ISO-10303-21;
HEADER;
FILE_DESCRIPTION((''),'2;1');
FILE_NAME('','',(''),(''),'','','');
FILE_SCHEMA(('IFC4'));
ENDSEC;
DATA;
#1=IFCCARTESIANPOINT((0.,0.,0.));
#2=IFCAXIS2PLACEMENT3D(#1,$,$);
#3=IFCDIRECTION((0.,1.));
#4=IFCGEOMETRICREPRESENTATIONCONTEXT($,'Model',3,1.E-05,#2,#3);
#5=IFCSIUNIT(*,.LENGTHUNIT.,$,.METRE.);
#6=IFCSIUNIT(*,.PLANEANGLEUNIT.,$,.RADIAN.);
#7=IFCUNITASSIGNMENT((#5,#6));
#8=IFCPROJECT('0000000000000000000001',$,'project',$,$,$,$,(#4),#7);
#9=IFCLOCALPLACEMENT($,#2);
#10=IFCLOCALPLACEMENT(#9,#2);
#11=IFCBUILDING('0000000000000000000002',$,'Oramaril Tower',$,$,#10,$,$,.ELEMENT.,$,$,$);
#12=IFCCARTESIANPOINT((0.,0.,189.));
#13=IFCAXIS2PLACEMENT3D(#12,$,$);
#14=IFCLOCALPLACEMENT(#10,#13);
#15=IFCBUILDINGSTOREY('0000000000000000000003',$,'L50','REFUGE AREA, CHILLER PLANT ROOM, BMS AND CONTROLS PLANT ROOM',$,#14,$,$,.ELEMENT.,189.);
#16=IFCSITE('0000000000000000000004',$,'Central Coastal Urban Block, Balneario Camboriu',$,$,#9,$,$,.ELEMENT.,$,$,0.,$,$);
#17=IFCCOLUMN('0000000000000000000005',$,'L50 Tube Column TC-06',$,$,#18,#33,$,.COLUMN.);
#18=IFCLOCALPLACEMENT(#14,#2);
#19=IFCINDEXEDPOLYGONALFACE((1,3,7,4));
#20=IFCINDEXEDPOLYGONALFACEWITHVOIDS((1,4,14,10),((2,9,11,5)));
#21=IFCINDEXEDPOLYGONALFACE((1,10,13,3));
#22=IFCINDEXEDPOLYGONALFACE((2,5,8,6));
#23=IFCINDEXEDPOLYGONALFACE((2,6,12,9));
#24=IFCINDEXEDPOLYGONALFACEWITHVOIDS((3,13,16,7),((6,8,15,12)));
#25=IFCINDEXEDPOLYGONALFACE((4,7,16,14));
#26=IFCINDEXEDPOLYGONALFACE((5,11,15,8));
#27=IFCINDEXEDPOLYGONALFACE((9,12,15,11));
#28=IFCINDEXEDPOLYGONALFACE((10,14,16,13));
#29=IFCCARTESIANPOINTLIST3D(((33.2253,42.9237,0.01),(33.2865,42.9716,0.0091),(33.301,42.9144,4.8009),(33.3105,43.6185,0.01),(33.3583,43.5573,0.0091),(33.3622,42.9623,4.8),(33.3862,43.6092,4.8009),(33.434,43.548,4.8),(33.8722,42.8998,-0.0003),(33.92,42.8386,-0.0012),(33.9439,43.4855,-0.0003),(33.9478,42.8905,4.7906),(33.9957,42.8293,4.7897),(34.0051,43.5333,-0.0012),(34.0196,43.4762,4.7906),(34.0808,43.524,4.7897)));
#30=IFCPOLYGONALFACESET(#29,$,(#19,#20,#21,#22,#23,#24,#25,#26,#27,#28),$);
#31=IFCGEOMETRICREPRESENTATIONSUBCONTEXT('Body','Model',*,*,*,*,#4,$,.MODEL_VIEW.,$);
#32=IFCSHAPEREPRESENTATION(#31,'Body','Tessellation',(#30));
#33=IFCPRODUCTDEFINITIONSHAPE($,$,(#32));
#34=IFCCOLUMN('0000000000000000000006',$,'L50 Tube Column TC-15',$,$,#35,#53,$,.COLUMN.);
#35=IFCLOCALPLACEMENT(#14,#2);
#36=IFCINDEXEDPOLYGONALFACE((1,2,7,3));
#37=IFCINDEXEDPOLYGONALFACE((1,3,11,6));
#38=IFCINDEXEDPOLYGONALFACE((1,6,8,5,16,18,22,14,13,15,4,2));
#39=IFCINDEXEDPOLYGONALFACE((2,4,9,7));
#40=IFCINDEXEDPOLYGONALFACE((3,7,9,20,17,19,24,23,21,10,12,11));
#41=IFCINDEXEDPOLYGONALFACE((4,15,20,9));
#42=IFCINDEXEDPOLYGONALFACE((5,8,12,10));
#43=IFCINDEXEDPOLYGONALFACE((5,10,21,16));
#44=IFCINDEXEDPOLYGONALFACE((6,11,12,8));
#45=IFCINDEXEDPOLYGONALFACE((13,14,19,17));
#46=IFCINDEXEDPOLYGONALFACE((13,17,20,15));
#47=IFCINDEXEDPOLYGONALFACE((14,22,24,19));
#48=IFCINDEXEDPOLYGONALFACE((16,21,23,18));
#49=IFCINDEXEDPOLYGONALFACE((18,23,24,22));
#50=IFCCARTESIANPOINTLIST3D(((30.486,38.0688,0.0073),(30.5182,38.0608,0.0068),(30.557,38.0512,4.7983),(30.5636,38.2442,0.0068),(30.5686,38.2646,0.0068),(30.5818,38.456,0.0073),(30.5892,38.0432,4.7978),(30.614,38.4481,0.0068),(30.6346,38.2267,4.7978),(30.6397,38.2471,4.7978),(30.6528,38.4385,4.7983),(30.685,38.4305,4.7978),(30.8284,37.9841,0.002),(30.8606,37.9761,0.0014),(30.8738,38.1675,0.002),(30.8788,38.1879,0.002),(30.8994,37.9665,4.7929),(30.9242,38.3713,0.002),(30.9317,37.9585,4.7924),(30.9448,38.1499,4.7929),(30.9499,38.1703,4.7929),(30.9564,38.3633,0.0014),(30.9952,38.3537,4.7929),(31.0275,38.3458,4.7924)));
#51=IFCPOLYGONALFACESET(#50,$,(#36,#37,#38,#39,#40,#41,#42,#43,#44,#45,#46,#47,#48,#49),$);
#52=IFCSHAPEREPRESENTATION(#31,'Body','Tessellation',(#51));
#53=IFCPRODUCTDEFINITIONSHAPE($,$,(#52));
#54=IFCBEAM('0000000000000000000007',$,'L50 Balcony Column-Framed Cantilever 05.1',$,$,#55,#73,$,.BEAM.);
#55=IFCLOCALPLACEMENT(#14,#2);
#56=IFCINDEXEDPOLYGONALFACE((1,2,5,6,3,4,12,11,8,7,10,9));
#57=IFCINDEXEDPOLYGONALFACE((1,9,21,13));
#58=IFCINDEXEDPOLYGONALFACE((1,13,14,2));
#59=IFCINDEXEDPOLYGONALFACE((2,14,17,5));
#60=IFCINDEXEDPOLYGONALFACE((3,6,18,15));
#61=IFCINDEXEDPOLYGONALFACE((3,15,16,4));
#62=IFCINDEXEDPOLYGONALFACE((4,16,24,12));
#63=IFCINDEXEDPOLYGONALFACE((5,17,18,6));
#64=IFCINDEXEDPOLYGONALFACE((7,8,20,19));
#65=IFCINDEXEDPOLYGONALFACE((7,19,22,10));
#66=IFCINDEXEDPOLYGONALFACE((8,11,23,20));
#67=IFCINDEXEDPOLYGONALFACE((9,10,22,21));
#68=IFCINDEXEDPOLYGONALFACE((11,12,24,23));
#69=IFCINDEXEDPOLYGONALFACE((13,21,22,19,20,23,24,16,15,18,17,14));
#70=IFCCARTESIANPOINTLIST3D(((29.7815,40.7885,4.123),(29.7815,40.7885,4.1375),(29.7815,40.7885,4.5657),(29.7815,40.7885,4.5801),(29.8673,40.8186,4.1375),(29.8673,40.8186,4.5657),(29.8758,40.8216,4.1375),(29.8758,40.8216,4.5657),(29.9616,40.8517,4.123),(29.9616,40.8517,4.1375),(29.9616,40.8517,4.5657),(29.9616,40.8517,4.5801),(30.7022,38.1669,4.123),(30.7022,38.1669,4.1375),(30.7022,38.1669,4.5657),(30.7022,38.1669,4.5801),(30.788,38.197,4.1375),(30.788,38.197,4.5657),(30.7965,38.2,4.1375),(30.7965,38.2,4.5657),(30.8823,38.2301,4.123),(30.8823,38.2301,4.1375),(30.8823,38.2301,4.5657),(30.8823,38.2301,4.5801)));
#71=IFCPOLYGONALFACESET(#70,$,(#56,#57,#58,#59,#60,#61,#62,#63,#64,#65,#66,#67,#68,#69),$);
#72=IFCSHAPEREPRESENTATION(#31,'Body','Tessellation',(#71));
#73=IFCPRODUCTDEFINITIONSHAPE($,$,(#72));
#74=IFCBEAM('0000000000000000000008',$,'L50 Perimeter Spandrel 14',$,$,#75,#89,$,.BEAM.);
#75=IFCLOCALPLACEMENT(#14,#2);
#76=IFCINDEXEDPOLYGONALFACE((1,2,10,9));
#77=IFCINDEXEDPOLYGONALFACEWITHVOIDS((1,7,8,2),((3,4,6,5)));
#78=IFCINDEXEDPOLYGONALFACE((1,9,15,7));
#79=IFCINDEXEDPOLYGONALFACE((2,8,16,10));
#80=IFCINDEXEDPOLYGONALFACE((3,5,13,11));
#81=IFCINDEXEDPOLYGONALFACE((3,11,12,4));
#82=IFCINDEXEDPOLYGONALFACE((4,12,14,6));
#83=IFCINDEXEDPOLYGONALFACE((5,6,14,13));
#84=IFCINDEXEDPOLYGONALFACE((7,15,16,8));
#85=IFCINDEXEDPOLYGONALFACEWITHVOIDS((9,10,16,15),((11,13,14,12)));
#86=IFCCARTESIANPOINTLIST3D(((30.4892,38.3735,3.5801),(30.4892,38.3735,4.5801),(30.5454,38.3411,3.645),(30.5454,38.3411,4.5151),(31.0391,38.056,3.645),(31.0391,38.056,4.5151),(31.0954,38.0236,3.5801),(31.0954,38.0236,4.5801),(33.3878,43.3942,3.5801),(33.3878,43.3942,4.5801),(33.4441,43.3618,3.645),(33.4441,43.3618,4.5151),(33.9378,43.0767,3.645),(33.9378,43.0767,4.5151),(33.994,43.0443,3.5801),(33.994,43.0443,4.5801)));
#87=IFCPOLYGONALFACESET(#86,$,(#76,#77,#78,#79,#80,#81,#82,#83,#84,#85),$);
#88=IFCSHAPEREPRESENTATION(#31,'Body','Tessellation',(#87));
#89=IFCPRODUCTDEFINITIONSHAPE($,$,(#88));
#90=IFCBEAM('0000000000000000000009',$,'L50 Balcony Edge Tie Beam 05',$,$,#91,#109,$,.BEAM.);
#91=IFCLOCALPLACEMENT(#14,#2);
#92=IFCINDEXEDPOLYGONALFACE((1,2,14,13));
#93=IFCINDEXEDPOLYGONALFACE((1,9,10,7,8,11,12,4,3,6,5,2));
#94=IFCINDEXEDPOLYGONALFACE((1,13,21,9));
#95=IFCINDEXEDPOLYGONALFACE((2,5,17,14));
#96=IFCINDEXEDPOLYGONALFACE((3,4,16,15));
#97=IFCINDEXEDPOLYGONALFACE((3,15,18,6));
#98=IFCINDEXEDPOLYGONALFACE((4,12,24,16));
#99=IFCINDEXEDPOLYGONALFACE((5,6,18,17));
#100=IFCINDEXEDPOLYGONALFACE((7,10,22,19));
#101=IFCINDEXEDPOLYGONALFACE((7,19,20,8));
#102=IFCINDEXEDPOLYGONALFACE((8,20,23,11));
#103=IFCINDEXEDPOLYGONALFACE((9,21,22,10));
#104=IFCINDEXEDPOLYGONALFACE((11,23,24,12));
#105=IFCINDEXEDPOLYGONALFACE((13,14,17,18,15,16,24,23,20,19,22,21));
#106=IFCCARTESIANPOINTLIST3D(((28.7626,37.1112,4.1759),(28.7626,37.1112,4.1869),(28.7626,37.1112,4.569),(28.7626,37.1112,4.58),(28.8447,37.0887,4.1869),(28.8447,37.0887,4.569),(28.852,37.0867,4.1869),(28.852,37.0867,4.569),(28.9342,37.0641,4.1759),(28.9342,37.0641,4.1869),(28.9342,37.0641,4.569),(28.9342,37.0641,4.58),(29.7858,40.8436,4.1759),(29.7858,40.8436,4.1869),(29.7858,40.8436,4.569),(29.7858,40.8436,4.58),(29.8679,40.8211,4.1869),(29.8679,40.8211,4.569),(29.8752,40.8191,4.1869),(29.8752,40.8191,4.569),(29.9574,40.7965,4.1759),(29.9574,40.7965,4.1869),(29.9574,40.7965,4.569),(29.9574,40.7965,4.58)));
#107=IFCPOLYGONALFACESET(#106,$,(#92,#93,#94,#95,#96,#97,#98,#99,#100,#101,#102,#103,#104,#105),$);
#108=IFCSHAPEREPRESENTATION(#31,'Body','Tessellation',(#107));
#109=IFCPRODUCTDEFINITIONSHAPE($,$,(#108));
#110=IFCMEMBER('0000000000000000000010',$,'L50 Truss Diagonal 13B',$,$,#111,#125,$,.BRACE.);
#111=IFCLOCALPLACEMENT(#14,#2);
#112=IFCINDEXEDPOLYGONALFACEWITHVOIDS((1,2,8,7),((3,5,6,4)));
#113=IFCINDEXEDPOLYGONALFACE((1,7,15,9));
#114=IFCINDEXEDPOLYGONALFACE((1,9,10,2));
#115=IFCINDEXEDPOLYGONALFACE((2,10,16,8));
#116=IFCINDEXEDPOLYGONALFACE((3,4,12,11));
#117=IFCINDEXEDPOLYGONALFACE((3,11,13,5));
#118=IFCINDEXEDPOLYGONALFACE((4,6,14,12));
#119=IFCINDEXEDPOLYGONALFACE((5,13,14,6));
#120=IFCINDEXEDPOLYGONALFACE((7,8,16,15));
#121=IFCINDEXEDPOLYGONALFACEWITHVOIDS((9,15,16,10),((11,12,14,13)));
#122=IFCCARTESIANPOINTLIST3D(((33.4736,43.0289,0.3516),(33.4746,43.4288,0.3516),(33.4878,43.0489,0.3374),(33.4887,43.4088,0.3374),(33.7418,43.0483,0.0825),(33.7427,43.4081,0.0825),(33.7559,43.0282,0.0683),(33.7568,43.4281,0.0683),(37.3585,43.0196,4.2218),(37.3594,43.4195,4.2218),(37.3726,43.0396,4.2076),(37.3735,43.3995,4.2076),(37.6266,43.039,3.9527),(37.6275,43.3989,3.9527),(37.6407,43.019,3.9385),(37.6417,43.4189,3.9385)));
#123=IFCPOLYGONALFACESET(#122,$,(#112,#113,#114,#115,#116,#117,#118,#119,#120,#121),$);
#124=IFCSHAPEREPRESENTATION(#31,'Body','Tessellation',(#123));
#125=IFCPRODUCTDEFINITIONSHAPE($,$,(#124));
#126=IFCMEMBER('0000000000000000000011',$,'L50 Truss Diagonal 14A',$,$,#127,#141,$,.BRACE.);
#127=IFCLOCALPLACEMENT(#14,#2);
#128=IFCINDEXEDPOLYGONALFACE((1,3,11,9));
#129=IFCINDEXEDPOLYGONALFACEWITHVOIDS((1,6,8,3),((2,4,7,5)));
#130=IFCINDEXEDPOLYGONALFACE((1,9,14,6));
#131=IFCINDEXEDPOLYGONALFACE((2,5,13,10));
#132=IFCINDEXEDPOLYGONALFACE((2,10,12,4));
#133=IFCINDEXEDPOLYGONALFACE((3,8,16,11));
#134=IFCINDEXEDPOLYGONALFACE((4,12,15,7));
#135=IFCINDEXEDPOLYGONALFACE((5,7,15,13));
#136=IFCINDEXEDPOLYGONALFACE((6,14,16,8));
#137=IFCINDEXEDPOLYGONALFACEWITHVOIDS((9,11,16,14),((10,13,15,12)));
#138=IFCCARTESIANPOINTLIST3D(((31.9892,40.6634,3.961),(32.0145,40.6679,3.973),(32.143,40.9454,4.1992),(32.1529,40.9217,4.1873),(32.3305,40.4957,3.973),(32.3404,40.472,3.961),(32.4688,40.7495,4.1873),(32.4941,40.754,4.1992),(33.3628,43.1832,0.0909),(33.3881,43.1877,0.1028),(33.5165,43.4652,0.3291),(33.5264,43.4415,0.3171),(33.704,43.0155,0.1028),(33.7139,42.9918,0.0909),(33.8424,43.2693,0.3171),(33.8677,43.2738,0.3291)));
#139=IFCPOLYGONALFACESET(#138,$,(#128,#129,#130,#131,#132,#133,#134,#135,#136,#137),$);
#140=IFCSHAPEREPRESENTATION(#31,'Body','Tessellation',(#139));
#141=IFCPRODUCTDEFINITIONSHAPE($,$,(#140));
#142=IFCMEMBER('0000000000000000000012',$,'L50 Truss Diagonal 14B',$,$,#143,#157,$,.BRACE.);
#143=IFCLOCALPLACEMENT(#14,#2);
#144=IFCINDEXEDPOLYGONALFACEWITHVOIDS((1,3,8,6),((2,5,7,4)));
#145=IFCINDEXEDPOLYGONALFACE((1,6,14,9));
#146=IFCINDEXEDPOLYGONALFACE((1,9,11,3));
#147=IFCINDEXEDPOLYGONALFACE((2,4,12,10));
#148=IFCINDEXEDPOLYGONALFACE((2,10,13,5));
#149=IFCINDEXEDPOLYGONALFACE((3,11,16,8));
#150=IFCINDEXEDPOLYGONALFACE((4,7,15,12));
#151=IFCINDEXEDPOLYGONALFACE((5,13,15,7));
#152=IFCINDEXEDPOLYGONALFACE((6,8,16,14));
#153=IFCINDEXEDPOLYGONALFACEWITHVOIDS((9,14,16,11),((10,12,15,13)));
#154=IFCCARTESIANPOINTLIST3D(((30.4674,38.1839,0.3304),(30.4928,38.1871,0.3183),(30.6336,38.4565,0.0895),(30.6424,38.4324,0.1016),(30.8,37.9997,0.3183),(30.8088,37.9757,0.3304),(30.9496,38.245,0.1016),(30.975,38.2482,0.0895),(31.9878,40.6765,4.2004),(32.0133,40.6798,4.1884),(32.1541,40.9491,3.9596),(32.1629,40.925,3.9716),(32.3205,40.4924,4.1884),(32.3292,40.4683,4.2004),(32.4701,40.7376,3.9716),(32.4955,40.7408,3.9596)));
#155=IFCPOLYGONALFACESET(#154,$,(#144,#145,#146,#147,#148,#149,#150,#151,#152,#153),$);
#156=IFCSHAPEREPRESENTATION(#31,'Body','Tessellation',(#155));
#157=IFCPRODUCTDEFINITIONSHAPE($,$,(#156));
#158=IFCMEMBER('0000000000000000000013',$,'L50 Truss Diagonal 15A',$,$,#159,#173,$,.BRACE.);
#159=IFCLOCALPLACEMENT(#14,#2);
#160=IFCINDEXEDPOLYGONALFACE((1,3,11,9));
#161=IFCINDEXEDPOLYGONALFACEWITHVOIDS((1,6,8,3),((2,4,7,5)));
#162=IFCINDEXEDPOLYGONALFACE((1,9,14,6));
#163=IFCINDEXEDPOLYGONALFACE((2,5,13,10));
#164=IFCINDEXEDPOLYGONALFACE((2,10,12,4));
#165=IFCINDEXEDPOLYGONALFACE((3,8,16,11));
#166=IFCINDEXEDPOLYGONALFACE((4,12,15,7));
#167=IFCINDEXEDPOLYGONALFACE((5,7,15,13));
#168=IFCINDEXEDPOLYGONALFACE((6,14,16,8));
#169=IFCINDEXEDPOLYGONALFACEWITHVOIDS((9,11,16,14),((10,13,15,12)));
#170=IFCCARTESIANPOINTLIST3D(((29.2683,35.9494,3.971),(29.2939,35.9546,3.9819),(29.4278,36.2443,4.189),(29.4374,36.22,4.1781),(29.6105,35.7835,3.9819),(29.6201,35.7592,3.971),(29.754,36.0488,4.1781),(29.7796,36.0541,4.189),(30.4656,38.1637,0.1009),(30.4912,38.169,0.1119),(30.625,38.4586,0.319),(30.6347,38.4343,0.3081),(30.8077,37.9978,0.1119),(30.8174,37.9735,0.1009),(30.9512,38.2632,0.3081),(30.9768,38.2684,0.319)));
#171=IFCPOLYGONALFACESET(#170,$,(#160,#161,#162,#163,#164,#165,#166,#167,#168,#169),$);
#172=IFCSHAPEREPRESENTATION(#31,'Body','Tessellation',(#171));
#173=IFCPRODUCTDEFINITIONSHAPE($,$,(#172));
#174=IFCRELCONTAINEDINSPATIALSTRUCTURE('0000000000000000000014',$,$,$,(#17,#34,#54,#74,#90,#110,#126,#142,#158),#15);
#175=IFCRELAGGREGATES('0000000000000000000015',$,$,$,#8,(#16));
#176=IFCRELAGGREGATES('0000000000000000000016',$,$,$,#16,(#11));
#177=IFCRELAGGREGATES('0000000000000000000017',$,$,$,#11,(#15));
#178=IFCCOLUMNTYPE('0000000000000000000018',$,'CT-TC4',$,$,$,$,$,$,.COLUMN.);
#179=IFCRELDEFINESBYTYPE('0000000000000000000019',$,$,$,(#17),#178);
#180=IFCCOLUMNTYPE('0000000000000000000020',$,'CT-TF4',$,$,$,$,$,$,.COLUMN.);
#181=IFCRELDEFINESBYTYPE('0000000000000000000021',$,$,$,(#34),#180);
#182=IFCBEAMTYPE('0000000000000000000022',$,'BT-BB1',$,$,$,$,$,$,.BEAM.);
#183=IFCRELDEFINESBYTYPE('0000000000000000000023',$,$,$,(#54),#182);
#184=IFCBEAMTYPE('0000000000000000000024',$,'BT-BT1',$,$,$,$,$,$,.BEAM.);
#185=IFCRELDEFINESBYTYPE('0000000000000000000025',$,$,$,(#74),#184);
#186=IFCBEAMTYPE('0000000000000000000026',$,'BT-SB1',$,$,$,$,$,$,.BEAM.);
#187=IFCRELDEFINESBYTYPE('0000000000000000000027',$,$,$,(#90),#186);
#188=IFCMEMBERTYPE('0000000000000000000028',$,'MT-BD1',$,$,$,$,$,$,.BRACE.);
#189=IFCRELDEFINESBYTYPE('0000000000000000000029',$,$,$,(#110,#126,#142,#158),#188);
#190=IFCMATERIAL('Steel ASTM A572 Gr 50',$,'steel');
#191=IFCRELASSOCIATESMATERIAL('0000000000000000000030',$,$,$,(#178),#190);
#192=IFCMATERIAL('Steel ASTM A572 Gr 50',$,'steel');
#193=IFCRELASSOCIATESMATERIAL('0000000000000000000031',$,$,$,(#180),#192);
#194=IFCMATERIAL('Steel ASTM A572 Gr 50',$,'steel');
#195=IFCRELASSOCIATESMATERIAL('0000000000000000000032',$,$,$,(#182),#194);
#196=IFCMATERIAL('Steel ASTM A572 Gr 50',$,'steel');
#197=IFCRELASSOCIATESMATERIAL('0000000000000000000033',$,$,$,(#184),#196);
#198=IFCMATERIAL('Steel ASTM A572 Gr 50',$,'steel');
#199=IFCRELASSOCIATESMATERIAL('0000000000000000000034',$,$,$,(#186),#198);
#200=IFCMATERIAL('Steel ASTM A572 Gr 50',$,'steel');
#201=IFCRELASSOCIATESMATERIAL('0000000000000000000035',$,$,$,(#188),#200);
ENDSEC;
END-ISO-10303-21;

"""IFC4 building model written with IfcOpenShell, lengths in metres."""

from ifc_helpers import new_model, si_unit, direction, frame, origin, origin_2d, place, context, subcontext, project, spatial, hollow_rectangle, i_section, extrude, material, material_profile, profile_set, type_object, element, save


model = new_model("IFC4")

# Units and contexts
model_context = context("Model", 3, precision=1e-05, world=origin(), true_north=direction((0.0, 1.0)))
body_context = subcontext(model_context, "Body", "Model", "MODEL_VIEW")
ifc_project = project(units=[si_unit("LENGTHUNIT", "METRE"), si_unit("PLANEANGLEUNIT", "RADIAN")], contexts=[model_context])

# Site, building, storey
site_placement = place(None, origin())
site = spatial("IfcSite", under=ifc_project, at=site_placement, Name="Central Coastal Urban Block, Balneario Camboriu", CompositionType="ELEMENT", RefElevation=0.0)
building_placement = place(site_placement, origin())
building = spatial("IfcBuilding", under=site, at=building_placement, Name="Oramaril Tower", CompositionType="ELEMENT")
storey_placement = place(building_placement, frame((0.0, 0.0, 189.0)))
storey = spatial("IfcBuildingStorey", under=building, at=storey_placement, Name="L50", Description="REFUGE AREA, CHILLER PLANT ROOM, BMS AND CONTROLS PLANT ROOM", CompositionType="ELEMENT", Elevation=189.0)

# Columns
ifc_material_1 = material(Name="Steel ASTM A572 Gr 50", Category="steel")
ifc_material_profile_1 = material_profile(ifc_material_1, hollow_rectangle(XDim=0.7, YDim=0.7, WallThickness=0.0549, at=origin_2d()), Name="BOX700X700X55")
ifc_profile_set_1 = profile_set([ifc_material_profile_1], Name="Steel ASTM A572 Gr 50")
column_type_1 = type_object("IfcColumnType", Name="CT-TC4", PredefinedType="COLUMN", material=ifc_profile_set_1)
column_1_placement = place(storey_placement, frame((33.6152, 43.2285, 0.0044), z_axis=(0.015795, -0.001936, 0.999873), x_axis=(0.12167, 0.992571, 0.0)))
element("IfcColumn", 1, at=column_1_placement, inside=storey, type_object=column_type_1, Name="L50 Tube Column TC-06", PredefinedType="COLUMN", context=body_context, shape_type="SweptSolid", body=[
    extrude(hollow_rectangle(XDim=0.7, YDim=0.7, WallThickness=0.0549, at=origin_2d()), origin(), (0.0, 0.0, 1.0), 4.7915),
])
ifc_material_2 = material(Name="Steel ASTM A572 Gr 50", Category="steel")
ifc_material_profile_2 = material_profile(ifc_material_2, i_section(OverallWidth=0.3989, OverallDepth=0.386, WebThickness=0.021, FlangeThickness=0.0332, at=origin_2d()), Name="W14X176")
ifc_profile_set_2 = profile_set([ifc_material_profile_2], Name="Steel ASTM A572 Gr 50")
column_type_2 = type_object("IfcColumnType", Name="CT-TF4", PredefinedType="COLUMN", material=ifc_profile_set_2)
column_2_placement = place(storey_placement, frame((30.7212, 38.2161, 0.0044), z_axis=(0.014827, -0.003669, 0.999883), x_axis=(0.24018, 0.970728, 0.0)))
element("IfcColumn", 2, at=column_2_placement, inside=storey, type_object=column_type_2, Name="L50 Tube Column TC-15", PredefinedType="COLUMN", context=body_context, shape_type="SweptSolid", body=[
    extrude(i_section(OverallWidth=0.3989, OverallDepth=0.386, WebThickness=0.021, FlangeThickness=0.0332, at=origin_2d()), origin(), (0.0, 0.0, 1.0), 4.7915),
])

# Beams
ifc_material_3 = material(Name="Steel ASTM A572 Gr 50", Category="steel")
ifc_material_profile_3 = material_profile(ifc_material_3, i_section(OverallWidth=0.1909, OverallDepth=0.457, WebThickness=0.009, FlangeThickness=0.0144, at=origin_2d()), Name="W18X50")
ifc_profile_set_3 = profile_set([ifc_material_profile_3], Name="Steel ASTM A572 Gr 50")
beam_type_1 = type_object("IfcBeamType", Name="BT-BB1", PredefinedType="BEAM", material=ifc_profile_set_3)
beam_1_placement = place(storey_placement, frame((30.7922, 38.1985, 4.3516), z_axis=(-0.331344, 0.94351, 0.0), x_axis=(-0.94351, -0.331344, 0.0)))
element("IfcBeam", 3, at=beam_1_placement, inside=storey, type_object=beam_type_1, Name="L50 Balcony Column-Framed Cantilever 05.1", PredefinedType="BEAM", context=body_context, shape_type="SweptSolid", body=[
    extrude(i_section(OverallWidth=0.1909, OverallDepth=0.457, WebThickness=0.009, FlangeThickness=0.0144, at=origin_2d()), origin(), (0.0, 0.0, 1.0), 2.7786),
])
ifc_material_4 = material(Name="Steel ASTM A572 Gr 50", Category="steel")
ifc_material_profile_4 = material_profile(ifc_material_4, hollow_rectangle(XDim=0.7, YDim=1.0, WallThickness=0.0649, at=origin_2d()), Name="BOX1000X700X65")
ifc_profile_set_4 = profile_set([ifc_material_profile_4], Name="Steel ASTM A572 Gr 50")
beam_type_2 = type_object("IfcBeamType", Name="BT-BT1", PredefinedType="BEAM", material=ifc_profile_set_4)
beam_2_placement = place(storey_placement, frame((33.6909, 43.2192, 4.0801), z_axis=(-0.499993, -0.866029, 0.0), x_axis=(0.866029, -0.499993, 0.0)))
element("IfcBeam", 4, at=beam_2_placement, inside=storey, type_object=beam_type_2, Name="L50 Perimeter Spandrel 14", PredefinedType="BEAM", context=body_context, shape_type="SweptSolid", body=[
    extrude(hollow_rectangle(XDim=0.7, YDim=1.0, WallThickness=0.0649, at=origin_2d()), origin(), (0.0, 0.0, 1.0), 5.7974),
])
ifc_material_5 = material(Name="Steel ASTM A572 Gr 50", Category="steel")
ifc_material_profile_5 = material_profile(ifc_material_5, i_section(OverallWidth=0.178, OverallDepth=0.4041, WebThickness=0.0076, FlangeThickness=0.011, at=origin_2d()), Name="W16X36")
ifc_profile_set_5 = profile_set([ifc_material_profile_5], Name="Steel ASTM A572 Gr 50")
beam_type_3 = type_object("IfcBeamType", Name="BT-SB1", PredefinedType="BEAM", material=ifc_profile_set_5)
beam_3_placement = place(storey_placement, frame((29.8716, 40.8201, 4.3779), z_axis=(-0.264382, -0.964418, 0.0), x_axis=(0.964418, -0.264382, 0.0)))
element("IfcBeam", 5, at=beam_3_placement, inside=storey, type_object=beam_type_3, Name="L50 Balcony Edge Tie Beam 05", PredefinedType="BEAM", context=body_context, shape_type="SweptSolid", body=[
    extrude(i_section(OverallWidth=0.178, OverallDepth=0.4041, WebThickness=0.0076, FlangeThickness=0.011, at=origin_2d()), origin(), (0.0, 0.0, 1.0), 3.8701),
])

# Members
ifc_material_6 = material(Name="Steel ASTM A572 Gr 50", Category="steel")
ifc_material_profile_6 = material_profile(ifc_material_6, hollow_rectangle(XDim=0.3999, YDim=0.3999, WallThickness=0.02, at=origin_2d()), Name="HSS400X400X20")
ifc_profile_set_6 = profile_set([ifc_material_profile_6], Name="Steel ASTM A572 Gr 50")
member_type_1 = type_object("IfcMemberType", Name="MT-BD1", PredefinedType="BRACE", material=ifc_profile_set_6)
member_1_placement = place(storey_placement, frame((33.6152, 43.2285, 0.21), z_axis=(0.70844, -0.001692, 0.705769), x_axis=(0.002388, 0.999997, 0.0)))
element("IfcMember", 6, at=member_1_placement, inside=storey, type_object=member_type_1, Name="L50 Truss Diagonal 13B", PredefinedType="BRACE", context=body_context, shape_type="SweptSolid", body=[
    extrude(hollow_rectangle(XDim=0.3999, YDim=0.3999, WallThickness=0.02, at=origin_2d()), origin(), (0.0, 0.0, 1.0), 5.4836),
])
member_2_placement = place(storey_placement, frame((33.6152, 43.2285, 0.21), z_axis=(-0.285081, -0.522986, 0.803253), x_axis=(0.878026, -0.478614, 0.0)))
element("IfcMember", 7, at=member_2_placement, inside=storey, type_object=member_type_1, Name="L50 Truss Diagonal 14A", PredefinedType="BRACE", context=body_context, shape_type="SweptSolid", body=[
    extrude(hollow_rectangle(XDim=0.3999, YDim=0.3999, WallThickness=0.02, at=origin_2d()), origin(), (0.0, 0.0, 1.0), 4.8181),
])
member_3_placement = place(storey_placement, frame((30.7212, 38.2161, 0.21), z_axis=(0.313636, 0.514165, 0.79829), x_axis=(-0.853707, 0.520753, 0.0)))
element("IfcMember", 8, at=member_3_placement, inside=storey, type_object=member_type_1, Name="L50 Truss Diagonal 14B", PredefinedType="BRACE", context=body_context, shape_type="SweptSolid", body=[
    extrude(hollow_rectangle(XDim=0.3999, YDim=0.3999, WallThickness=0.02, at=origin_2d()), origin(), (0.0, 0.0, 1.0), 4.8479),
])
member_4_placement = place(storey_placement, frame((30.7212, 38.2161, 0.21), z_axis=(-0.259329, -0.479632, 0.838273), x_axis=(0.879654, -0.475614, 0.0)))
element("IfcMember", 9, at=member_4_placement, inside=storey, type_object=member_type_1, Name="L50 Truss Diagonal 15A", PredefinedType="BRACE", context=body_context, shape_type="SweptSolid", body=[
    extrude(hollow_rectangle(XDim=0.3999, YDim=0.3999, WallThickness=0.02, at=origin_2d()), origin(), (0.0, 0.0, 1.0), 4.6167),
])

save(model, "model.ifc")
